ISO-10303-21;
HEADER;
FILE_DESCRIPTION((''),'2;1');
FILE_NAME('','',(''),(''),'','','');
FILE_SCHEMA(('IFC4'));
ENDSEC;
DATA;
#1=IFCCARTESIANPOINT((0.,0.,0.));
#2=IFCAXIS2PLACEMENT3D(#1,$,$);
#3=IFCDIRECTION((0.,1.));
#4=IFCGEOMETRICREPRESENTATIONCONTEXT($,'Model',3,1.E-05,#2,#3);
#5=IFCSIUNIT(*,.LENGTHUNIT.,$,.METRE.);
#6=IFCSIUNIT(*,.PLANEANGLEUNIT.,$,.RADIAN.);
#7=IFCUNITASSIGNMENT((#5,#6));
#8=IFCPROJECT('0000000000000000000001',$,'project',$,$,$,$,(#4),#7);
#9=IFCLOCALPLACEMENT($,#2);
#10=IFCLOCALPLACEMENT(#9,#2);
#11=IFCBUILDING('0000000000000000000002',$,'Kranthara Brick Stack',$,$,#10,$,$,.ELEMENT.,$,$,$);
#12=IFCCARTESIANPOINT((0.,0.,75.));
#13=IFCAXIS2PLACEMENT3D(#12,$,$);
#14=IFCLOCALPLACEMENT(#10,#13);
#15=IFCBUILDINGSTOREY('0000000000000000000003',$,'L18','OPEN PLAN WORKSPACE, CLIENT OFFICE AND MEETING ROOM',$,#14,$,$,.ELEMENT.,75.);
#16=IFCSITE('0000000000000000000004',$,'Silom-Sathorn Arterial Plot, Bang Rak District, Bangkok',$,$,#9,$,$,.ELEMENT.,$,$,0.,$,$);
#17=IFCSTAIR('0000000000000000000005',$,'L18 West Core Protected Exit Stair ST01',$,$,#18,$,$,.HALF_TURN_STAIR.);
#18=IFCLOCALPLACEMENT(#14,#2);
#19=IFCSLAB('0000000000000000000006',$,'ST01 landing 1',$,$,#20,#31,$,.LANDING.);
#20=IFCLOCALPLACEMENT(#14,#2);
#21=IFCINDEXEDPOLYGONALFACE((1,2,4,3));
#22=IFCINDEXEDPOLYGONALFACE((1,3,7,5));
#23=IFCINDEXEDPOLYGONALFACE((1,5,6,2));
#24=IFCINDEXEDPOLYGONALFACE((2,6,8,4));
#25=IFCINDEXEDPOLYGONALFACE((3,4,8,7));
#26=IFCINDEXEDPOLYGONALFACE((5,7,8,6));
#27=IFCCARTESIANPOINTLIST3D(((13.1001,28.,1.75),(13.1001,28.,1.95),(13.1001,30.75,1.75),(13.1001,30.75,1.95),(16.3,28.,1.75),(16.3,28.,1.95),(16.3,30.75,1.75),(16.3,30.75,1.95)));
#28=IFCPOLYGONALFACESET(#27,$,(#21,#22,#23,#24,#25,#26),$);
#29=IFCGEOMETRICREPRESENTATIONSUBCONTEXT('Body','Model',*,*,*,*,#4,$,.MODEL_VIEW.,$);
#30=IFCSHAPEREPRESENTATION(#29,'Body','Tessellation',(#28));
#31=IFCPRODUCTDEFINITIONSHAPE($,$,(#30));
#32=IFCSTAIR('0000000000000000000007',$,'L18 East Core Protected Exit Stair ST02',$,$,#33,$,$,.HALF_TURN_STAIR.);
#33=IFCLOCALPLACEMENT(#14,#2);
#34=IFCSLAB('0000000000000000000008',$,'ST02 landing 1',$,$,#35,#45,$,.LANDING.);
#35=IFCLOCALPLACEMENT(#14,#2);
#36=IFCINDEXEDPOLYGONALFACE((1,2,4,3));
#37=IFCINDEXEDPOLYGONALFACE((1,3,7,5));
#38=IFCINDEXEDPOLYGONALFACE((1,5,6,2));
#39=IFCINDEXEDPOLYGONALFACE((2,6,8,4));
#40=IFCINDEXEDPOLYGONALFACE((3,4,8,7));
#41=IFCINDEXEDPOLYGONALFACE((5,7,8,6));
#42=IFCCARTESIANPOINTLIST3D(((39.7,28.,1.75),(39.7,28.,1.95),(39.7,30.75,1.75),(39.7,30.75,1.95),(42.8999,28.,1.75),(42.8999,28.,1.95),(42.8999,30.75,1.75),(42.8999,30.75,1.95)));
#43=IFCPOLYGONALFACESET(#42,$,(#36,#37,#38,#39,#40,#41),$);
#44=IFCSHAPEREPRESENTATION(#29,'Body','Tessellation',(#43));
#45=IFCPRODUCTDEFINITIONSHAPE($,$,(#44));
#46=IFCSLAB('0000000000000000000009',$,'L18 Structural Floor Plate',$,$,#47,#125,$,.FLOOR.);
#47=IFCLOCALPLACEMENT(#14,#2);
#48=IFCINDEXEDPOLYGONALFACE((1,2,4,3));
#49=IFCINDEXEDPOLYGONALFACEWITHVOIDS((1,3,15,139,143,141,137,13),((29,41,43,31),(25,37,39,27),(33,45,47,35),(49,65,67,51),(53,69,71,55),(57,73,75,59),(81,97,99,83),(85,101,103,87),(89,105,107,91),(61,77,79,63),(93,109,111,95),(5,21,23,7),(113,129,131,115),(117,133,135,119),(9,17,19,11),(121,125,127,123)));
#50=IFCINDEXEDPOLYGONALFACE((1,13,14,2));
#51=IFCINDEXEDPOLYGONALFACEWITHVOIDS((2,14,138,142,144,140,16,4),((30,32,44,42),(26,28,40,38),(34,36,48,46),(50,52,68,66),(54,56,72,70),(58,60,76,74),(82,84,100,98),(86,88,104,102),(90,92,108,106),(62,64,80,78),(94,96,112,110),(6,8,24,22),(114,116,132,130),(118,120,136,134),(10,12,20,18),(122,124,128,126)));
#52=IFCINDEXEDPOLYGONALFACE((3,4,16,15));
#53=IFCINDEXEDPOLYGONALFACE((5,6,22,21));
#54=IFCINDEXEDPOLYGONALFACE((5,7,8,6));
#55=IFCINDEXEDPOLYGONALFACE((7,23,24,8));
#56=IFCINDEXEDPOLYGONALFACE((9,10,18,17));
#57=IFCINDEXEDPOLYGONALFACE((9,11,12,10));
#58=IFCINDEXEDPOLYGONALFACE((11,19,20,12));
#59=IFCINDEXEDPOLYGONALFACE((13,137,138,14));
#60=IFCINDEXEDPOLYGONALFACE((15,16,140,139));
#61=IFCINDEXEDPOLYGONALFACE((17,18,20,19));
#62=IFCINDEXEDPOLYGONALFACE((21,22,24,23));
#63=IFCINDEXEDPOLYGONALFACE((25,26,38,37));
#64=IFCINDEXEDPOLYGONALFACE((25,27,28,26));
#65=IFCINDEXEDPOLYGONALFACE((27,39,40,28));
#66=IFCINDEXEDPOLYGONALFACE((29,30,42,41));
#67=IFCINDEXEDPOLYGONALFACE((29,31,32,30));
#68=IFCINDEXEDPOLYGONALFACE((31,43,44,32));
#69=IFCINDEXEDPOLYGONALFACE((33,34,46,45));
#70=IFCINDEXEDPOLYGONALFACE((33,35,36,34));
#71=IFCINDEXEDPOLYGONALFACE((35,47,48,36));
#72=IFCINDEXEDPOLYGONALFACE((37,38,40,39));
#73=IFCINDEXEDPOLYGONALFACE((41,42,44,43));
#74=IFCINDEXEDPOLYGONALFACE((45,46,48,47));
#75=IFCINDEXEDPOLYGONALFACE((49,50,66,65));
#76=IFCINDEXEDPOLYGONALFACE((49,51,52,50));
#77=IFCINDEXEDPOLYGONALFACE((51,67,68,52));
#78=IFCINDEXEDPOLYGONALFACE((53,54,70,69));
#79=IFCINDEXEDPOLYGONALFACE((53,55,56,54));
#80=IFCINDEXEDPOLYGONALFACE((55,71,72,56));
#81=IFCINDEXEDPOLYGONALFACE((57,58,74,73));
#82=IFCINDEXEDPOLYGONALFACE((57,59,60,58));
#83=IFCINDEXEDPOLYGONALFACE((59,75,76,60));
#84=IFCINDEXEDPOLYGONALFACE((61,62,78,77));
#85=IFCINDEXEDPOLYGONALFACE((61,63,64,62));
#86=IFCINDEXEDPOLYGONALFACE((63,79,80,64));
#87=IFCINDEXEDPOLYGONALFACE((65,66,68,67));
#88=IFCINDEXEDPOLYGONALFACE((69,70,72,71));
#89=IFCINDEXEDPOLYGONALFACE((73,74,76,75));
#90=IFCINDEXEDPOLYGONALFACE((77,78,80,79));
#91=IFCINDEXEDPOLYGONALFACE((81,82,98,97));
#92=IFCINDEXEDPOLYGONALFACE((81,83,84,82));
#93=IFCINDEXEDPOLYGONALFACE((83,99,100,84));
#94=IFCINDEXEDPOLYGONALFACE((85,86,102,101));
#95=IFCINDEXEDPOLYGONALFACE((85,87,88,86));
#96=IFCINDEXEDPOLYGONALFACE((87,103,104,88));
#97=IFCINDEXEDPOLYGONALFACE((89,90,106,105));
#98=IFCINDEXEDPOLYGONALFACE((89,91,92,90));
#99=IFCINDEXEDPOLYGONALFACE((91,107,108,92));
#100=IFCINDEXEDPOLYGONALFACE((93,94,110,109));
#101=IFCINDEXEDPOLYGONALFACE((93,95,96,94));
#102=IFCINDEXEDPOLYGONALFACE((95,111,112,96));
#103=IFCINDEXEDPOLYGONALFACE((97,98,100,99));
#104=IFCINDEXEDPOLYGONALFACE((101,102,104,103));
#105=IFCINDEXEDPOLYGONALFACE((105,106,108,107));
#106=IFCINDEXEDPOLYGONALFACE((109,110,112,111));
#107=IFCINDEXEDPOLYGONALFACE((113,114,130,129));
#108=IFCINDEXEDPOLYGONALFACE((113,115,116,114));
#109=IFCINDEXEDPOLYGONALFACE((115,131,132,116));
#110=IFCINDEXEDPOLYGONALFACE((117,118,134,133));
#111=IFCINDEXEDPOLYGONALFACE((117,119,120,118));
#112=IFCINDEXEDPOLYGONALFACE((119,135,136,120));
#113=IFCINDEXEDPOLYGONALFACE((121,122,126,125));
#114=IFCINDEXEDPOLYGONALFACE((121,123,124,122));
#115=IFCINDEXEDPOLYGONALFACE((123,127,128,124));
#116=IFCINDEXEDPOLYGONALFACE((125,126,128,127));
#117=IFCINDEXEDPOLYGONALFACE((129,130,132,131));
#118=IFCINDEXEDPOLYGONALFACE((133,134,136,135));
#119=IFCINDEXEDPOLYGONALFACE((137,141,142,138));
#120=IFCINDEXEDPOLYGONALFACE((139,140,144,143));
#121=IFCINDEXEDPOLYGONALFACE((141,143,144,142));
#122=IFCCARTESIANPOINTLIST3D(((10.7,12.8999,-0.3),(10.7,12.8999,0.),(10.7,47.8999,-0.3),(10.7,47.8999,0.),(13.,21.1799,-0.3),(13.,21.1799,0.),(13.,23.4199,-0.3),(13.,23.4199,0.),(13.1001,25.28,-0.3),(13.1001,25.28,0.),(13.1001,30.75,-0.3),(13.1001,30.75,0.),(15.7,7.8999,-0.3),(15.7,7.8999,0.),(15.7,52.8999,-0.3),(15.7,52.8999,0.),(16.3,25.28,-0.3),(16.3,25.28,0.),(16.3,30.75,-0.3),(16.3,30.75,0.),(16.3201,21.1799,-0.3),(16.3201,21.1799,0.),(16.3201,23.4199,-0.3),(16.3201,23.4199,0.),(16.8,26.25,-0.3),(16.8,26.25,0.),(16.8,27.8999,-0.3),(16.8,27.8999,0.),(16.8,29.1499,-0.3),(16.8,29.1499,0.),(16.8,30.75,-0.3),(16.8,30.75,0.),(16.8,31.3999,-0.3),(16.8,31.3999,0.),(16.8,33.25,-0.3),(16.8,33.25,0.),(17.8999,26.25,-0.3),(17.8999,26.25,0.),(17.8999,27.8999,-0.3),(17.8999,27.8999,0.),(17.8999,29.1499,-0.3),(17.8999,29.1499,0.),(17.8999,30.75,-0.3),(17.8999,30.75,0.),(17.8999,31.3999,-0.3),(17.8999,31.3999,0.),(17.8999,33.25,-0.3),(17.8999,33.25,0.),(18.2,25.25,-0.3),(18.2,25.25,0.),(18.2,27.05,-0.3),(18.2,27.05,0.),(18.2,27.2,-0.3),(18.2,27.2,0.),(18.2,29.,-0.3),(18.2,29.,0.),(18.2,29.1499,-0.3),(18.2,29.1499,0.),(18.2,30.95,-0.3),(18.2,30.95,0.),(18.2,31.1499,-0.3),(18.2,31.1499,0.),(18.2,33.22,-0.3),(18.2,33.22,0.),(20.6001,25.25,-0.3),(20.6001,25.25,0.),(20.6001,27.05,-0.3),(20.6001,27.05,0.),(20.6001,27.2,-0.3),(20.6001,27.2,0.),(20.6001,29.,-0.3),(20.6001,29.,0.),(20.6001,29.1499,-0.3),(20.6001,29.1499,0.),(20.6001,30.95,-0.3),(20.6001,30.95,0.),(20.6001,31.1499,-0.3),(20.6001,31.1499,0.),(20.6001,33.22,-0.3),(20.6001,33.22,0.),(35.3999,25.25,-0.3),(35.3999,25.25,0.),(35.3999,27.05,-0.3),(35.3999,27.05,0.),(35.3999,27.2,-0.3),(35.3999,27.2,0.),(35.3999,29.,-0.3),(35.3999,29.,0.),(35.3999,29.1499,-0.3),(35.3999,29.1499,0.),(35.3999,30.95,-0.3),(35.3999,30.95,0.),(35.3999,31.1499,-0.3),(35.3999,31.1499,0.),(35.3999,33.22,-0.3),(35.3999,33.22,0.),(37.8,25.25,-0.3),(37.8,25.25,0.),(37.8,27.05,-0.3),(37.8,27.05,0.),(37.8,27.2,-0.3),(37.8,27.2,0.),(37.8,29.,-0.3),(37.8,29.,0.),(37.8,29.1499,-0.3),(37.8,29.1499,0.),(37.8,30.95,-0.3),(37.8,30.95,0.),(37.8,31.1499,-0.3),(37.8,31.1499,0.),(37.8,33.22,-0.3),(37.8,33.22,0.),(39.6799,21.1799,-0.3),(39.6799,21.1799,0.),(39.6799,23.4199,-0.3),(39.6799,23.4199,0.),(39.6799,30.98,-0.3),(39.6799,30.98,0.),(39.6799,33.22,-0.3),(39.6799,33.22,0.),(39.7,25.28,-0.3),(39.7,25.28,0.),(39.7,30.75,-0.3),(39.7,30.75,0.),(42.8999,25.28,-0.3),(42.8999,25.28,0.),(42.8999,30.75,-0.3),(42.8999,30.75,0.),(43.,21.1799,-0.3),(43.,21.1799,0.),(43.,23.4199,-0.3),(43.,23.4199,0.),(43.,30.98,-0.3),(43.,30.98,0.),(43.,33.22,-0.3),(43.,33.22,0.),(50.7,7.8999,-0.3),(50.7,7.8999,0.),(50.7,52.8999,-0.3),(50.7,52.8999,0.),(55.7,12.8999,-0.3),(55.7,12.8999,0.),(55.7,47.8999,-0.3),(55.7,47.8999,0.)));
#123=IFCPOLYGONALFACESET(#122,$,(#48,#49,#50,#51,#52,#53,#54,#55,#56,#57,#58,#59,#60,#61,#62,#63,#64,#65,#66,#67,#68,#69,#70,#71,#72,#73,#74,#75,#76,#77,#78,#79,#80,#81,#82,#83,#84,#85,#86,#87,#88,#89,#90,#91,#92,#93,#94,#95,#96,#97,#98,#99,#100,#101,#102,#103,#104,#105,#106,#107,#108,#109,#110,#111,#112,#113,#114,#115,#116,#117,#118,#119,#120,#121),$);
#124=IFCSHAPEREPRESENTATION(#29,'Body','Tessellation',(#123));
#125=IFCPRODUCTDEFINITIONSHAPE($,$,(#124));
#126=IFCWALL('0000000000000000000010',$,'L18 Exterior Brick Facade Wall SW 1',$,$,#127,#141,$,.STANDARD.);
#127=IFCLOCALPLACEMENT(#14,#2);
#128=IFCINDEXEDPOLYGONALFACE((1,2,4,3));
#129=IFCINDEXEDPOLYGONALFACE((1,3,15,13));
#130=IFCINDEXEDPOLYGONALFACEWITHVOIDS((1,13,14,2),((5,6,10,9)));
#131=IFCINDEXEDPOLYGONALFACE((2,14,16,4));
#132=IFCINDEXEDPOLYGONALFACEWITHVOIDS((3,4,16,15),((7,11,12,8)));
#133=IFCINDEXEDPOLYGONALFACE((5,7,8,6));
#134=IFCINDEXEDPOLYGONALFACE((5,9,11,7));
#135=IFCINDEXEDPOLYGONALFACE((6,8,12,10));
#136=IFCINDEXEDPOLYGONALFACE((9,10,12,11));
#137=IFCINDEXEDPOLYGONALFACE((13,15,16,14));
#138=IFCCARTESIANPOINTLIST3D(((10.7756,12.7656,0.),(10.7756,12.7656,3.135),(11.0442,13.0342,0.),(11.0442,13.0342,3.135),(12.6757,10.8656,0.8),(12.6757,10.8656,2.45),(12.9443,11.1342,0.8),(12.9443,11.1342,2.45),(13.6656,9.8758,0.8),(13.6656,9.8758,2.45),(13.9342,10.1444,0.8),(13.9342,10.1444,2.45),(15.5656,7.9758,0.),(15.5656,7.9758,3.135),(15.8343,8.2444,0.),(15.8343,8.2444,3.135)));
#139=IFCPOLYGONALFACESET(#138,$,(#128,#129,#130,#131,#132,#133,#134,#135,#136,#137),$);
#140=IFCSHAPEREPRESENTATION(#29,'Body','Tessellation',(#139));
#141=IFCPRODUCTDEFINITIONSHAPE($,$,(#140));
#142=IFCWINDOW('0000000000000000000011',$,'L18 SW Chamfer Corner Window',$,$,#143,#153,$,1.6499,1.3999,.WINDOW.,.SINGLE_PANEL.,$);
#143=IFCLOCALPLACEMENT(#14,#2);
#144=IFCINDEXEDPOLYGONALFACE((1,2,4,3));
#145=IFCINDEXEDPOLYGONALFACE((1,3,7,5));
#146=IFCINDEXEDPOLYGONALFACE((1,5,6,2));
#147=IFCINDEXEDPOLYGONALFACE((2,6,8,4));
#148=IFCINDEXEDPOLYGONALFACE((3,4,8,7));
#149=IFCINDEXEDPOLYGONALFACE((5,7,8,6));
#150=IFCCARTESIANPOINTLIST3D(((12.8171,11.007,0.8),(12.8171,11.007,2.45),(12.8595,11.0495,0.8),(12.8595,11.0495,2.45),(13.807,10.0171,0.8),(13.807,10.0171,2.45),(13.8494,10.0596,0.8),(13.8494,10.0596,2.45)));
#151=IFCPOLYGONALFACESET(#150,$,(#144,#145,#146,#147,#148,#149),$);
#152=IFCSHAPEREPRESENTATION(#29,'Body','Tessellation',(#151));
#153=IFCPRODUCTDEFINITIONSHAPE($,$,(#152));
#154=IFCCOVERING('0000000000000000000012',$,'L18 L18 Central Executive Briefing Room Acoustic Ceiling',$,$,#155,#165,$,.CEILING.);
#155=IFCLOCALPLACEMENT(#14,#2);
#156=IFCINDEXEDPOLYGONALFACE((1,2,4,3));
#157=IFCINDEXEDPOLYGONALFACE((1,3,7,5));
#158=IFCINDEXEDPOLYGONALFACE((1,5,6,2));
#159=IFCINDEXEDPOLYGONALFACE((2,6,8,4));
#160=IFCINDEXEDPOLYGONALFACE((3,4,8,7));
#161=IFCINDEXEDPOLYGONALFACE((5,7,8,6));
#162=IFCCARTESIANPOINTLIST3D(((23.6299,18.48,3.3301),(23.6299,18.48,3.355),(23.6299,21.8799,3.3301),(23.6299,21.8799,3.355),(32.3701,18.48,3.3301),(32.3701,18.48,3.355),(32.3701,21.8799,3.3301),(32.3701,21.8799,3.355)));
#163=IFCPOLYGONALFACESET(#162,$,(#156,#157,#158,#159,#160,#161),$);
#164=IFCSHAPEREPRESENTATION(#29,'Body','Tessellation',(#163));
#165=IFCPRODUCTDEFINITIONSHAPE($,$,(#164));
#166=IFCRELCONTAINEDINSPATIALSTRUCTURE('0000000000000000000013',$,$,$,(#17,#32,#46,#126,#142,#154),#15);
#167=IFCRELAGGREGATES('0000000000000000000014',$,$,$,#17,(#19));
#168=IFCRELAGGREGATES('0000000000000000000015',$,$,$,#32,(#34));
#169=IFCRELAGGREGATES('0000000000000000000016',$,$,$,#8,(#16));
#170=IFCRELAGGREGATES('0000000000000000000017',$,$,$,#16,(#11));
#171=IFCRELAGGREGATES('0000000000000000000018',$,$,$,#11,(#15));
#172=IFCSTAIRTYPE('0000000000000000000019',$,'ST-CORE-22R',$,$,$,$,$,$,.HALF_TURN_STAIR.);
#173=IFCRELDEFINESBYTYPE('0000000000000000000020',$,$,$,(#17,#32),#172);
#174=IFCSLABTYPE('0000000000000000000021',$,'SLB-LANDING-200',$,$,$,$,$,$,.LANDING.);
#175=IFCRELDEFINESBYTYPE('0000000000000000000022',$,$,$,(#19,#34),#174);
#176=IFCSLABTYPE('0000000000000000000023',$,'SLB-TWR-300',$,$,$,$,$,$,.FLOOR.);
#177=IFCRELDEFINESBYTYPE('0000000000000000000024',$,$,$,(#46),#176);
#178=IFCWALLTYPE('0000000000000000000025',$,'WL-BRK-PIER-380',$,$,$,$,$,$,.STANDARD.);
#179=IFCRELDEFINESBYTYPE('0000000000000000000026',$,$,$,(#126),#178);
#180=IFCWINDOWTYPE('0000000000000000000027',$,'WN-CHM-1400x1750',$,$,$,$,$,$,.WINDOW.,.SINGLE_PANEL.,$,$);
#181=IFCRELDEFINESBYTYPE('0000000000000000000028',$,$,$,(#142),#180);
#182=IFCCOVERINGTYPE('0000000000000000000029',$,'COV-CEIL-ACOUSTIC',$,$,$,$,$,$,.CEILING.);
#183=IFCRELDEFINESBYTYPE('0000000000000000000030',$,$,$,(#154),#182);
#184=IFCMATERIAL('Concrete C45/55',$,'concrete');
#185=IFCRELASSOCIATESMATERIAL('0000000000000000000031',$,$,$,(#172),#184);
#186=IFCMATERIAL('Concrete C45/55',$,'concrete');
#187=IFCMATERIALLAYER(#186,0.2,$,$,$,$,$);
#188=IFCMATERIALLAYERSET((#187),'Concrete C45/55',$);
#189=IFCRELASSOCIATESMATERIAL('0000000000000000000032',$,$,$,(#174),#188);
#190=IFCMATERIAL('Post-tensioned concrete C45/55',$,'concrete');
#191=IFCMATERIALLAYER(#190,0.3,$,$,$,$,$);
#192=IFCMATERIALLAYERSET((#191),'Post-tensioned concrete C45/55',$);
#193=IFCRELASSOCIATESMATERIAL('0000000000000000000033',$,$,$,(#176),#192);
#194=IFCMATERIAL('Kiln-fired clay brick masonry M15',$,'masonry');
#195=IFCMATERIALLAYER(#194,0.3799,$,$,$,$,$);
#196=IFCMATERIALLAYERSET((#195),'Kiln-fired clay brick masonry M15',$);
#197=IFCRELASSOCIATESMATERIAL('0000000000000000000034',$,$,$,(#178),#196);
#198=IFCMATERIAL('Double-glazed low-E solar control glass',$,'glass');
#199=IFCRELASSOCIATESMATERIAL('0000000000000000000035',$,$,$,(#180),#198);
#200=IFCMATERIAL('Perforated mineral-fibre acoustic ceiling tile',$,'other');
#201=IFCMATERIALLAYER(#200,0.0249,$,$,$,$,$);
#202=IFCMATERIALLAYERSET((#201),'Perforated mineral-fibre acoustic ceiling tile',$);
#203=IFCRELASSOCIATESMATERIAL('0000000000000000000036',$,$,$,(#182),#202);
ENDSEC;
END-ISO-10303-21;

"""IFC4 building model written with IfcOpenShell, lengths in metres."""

from ifc_helpers import new_model, si_unit, direction, frame, frame_2d, origin, place, context, subcontext, project, spatial, polyline, rectangle, outline, extrude, material, layer, layer_set, type_object, element, fill, aggregate, save


model = new_model("IFC4")

# Units and contexts
model_context = context("Model", 3, precision=1e-05, world=origin(), true_north=direction((0.0, 1.0)))
body_context = subcontext(model_context, "Body", "Model", "MODEL_VIEW")
ifc_project = project(units=[si_unit("LENGTHUNIT", "METRE"), si_unit("PLANEANGLEUNIT", "RADIAN")], contexts=[model_context])

# Site, building, storey
site_placement = place(None, origin())
site = spatial("IfcSite", under=ifc_project, at=site_placement, Name="Silom-Sathorn Arterial Plot, Bang Rak District, Bangkok", CompositionType="ELEMENT", RefElevation=0.0)
building_placement = place(site_placement, origin())
building = spatial("IfcBuilding", under=site, at=building_placement, Name="Kranthara Brick Stack", CompositionType="ELEMENT")
storey_placement = place(building_placement, frame((0.0, 0.0, 75.0)))
storey = spatial("IfcBuildingStorey", under=building, at=storey_placement, Name="L18", Description="OPEN PLAN WORKSPACE, CLIENT OFFICE AND MEETING ROOM", CompositionType="ELEMENT", Elevation=75.0)

# Stairs, slabs
ifc_material_1 = material(Name="Concrete C45/55", Category="concrete")
stair_type = type_object("IfcStairType", Name="ST-CORE-22R", PredefinedType="HALF_TURN_STAIR", material=ifc_material_1)
stair_1_placement = place(storey_placement, origin())
stair_1 = element("IfcStair", 1, at=stair_1_placement, inside=storey, type_object=stair_type, Name="L18 West Core Protected Exit Stair ST01", PredefinedType="HALF_TURN_STAIR")
ifc_material_2 = material(Name="Concrete C45/55", Category="concrete")
ifc_layer_1 = layer(ifc_material_2, 0.2)
ifc_layer_set_1 = layer_set([ifc_layer_1], Name="Concrete C45/55")
slab_type_1 = type_object("IfcSlabType", Name="SLB-LANDING-200", PredefinedType="LANDING", material=ifc_layer_set_1)
slab_1_placement = place(storey_placement, frame((0.0, 0.0, 1.75)))
slab_1 = element("IfcSlab", 2, at=slab_1_placement, type_object=slab_type_1, Name="ST01 landing 1", PredefinedType="LANDING", context=body_context, shape_type="SweptSolid", body=[
    extrude(outline(polyline([(16.3, 28.0), (16.3, 30.75), (13.1001, 30.75), (13.1001, 28.0), (16.3, 28.0)])), origin(), (0.0, 0.0, 1.0), 0.2),
])
aggregate(stair_1, [slab_1])
stair_2_placement = place(storey_placement, origin())
stair_2 = element("IfcStair", 3, at=stair_2_placement, inside=storey, type_object=stair_type, Name="L18 East Core Protected Exit Stair ST02", PredefinedType="HALF_TURN_STAIR")
slab_2_placement = place(storey_placement, frame((0.0, 0.0, 1.75)))
slab_2 = element("IfcSlab", 4, at=slab_2_placement, type_object=slab_type_1, Name="ST02 landing 1", PredefinedType="LANDING", context=body_context, shape_type="SweptSolid", body=[
    extrude(outline(polyline([(42.8999, 28.0), (42.8999, 30.75), (39.7, 30.75), (39.7, 28.0), (42.8999, 28.0)])), origin(), (0.0, 0.0, 1.0), 0.2),
])
aggregate(stair_2, [slab_2])

# Slab
ifc_material_3 = material(Name="Post-tensioned concrete C45/55", Category="concrete")
ifc_layer_2 = layer(ifc_material_3, 0.3)
ifc_layer_set_2 = layer_set([ifc_layer_2], Name="Post-tensioned concrete C45/55")
slab_type_2 = type_object("IfcSlabType", Name="SLB-TWR-300", PredefinedType="FLOOR", material=ifc_layer_set_2)
slab_3_placement = place(storey_placement, frame((0.0, 0.0, -0.3)))
element("IfcSlab", 5, at=slab_3_placement, inside=storey, type_object=slab_type_2, Name="L18 Structural Floor Plate", PredefinedType="FLOOR", context=body_context, shape_type="SweptSolid", body=[
    extrude(outline(polyline([(15.7, 7.8999), (50.7, 7.8999), (55.7, 12.8999), (55.7, 47.8999), (50.7, 52.8999), (15.7, 52.8999), (10.7, 47.8999), (10.7, 12.8999), (15.7, 7.8999)]), holes=[polyline([(13.1001, 25.28), (16.3, 25.28), (16.3, 30.75), (13.1001, 30.75), (13.1001, 25.28)]), polyline([(39.7, 25.28), (42.8999, 25.28), (42.8999, 30.75), (39.7, 30.75), (39.7, 25.28)]), polyline([(13.0, 21.1799), (16.3201, 21.1799), (16.3201, 23.4199), (13.0, 23.4199), (13.0, 21.1799)]), polyline([(39.6799, 21.1799), (43.0, 21.1799), (43.0, 23.4199), (39.6799, 23.4199), (39.6799, 21.1799)]), polyline([(39.6799, 30.98), (43.0, 30.98), (43.0, 33.22), (39.6799, 33.22), (39.6799, 30.98)]), polyline([(18.2, 25.25), (20.6001, 25.25), (20.6001, 27.05), (18.2, 27.05), (18.2, 25.25)]), polyline([(18.2, 27.2), (20.6001, 27.2), (20.6001, 29.0), (18.2, 29.0), (18.2, 27.2)]), polyline([(18.2, 29.1499), (20.6001, 29.1499), (20.6001, 30.95), (18.2, 30.95), (18.2, 29.1499)]), polyline([(35.3999, 25.25), (37.8, 25.25), (37.8, 27.05), (35.3999, 27.05), (35.3999, 25.25)]), polyline([(35.3999, 27.2), (37.8, 27.2), (37.8, 29.0), (35.3999, 29.0), (35.3999, 27.2)]), polyline([(35.3999, 29.1499), (37.8, 29.1499), (37.8, 30.95), (35.3999, 30.95), (35.3999, 29.1499)]), polyline([(18.2, 31.1499), (20.6001, 31.1499), (20.6001, 33.22), (18.2, 33.22), (18.2, 31.1499)]), polyline([(35.3999, 31.1499), (37.8, 31.1499), (37.8, 33.22), (35.3999, 33.22), (35.3999, 31.1499)]), polyline([(16.8, 26.25), (17.8999, 26.25), (17.8999, 27.8999), (16.8, 27.8999), (16.8, 26.25)]), polyline([(16.8, 29.1499), (17.8999, 29.1499), (17.8999, 30.75), (16.8, 30.75), (16.8, 29.1499)]), polyline([(16.8, 31.3999), (17.8999, 31.3999), (17.8999, 33.25), (16.8, 33.25), (16.8, 31.3999)])]), origin(), (0.0, 0.0, 1.0), 0.3),
])

# Wall, opening, window
ifc_material_4 = material(Name="Kiln-fired clay brick masonry M15", Category="masonry")
ifc_layer_3 = layer(ifc_material_4, 0.3799)
ifc_layer_set_3 = layer_set([ifc_layer_3], Name="Kiln-fired clay brick masonry M15")
wall_type = type_object("IfcWallType", Name="WL-BRK-PIER-380", PredefinedType="STANDARD", material=ifc_layer_set_3)
wall_placement = place(storey_placement, frame((15.7, 8.1101, 0.0), z_axis=(0.0, 0.0, 1.0), x_axis=(-0.707125, 0.707089, 0.0)))
wall = element("IfcWall", 6, at=wall_placement, inside=storey, type_object=wall_type, Name="L18 Exterior Brick Facade Wall SW 1", PredefinedType="STANDARD", context=body_context, shape_type="SweptSolid", body=[
    extrude(rectangle(XDim=6.7739, YDim=0.3799, at=frame_2d((3.387, 0.0))), origin(), (0.0, 0.0, 1.0), 3.135),
])
opening_placement = place(wall_placement, frame((2.687, 0.0, 0.8)))
opening = element("IfcOpeningElement", 7, at=opening_placement, cuts=wall, PredefinedType="OPENING", context=body_context, shape_type="SweptSolid", body=[
    extrude(rectangle(XDim=1.3999, YDim=1.6499, at=frame_2d((0.7, 0.825))), frame((0.0, 0.2, 0.0), z_axis=(0.0, -1.0, 0.0), x_axis=(1.0, 0.0, 0.0)), (0.0, 0.0, 1.0), 0.3999),
])
ifc_material_5 = material(Name="Double-glazed low-E solar control glass", Category="glass")
window_type = type_object("IfcWindowType", Name="WN-CHM-1400x1750", PartitioningType="SINGLE_PANEL", PredefinedType="WINDOW", material=ifc_material_5)
window_placement = place(opening_placement, origin())
window = element("IfcWindow", 8, at=window_placement, inside=storey, type_object=window_type, Name="L18 SW Chamfer Corner Window", OverallHeight=1.6499, OverallWidth=1.3999, PartitioningType="SINGLE_PANEL", PredefinedType="WINDOW", context=body_context, shape_type="SweptSolid", body=[
    extrude(rectangle(XDim=1.3999, YDim=1.6499, at=frame_2d((0.7, 0.825))), frame((0.0, -0.01, 0.0), z_axis=(0.0, -1.0, 0.0), x_axis=(1.0, 0.0, 0.0)), (0.0, 0.0, 1.0), 0.0601),
])
fill(opening, window)

# Covering
ifc_material_6 = material(Name="Perforated mineral-fibre acoustic ceiling tile", Category="other")
ifc_layer_4 = layer(ifc_material_6, 0.0249)
ifc_layer_set_4 = layer_set([ifc_layer_4], Name="Perforated mineral-fibre acoustic ceiling tile")
covering_type_1 = type_object("IfcCoveringType", Name="COV-CEIL-ACOUSTIC", PredefinedType="CEILING", material=ifc_layer_set_4)
covering_1_placement = place(storey_placement, frame((0.0, 0.0, 3.3301)))
element("IfcCovering", 9, at=covering_1_placement, inside=storey, type_object=covering_type_1, Name="L18 L18 Central Executive Briefing Room Acoustic Ceiling", PredefinedType="CEILING", context=body_context, shape_type="SweptSolid", body=[
    extrude(outline(polyline([(32.3701, 18.48), (32.3701, 21.8799), (23.6299, 21.8799), (23.6299, 18.48), (32.3701, 18.48)])), origin(), (0.0, 0.0, 1.0), 0.0249),
])

save(model, "model.ifc")
